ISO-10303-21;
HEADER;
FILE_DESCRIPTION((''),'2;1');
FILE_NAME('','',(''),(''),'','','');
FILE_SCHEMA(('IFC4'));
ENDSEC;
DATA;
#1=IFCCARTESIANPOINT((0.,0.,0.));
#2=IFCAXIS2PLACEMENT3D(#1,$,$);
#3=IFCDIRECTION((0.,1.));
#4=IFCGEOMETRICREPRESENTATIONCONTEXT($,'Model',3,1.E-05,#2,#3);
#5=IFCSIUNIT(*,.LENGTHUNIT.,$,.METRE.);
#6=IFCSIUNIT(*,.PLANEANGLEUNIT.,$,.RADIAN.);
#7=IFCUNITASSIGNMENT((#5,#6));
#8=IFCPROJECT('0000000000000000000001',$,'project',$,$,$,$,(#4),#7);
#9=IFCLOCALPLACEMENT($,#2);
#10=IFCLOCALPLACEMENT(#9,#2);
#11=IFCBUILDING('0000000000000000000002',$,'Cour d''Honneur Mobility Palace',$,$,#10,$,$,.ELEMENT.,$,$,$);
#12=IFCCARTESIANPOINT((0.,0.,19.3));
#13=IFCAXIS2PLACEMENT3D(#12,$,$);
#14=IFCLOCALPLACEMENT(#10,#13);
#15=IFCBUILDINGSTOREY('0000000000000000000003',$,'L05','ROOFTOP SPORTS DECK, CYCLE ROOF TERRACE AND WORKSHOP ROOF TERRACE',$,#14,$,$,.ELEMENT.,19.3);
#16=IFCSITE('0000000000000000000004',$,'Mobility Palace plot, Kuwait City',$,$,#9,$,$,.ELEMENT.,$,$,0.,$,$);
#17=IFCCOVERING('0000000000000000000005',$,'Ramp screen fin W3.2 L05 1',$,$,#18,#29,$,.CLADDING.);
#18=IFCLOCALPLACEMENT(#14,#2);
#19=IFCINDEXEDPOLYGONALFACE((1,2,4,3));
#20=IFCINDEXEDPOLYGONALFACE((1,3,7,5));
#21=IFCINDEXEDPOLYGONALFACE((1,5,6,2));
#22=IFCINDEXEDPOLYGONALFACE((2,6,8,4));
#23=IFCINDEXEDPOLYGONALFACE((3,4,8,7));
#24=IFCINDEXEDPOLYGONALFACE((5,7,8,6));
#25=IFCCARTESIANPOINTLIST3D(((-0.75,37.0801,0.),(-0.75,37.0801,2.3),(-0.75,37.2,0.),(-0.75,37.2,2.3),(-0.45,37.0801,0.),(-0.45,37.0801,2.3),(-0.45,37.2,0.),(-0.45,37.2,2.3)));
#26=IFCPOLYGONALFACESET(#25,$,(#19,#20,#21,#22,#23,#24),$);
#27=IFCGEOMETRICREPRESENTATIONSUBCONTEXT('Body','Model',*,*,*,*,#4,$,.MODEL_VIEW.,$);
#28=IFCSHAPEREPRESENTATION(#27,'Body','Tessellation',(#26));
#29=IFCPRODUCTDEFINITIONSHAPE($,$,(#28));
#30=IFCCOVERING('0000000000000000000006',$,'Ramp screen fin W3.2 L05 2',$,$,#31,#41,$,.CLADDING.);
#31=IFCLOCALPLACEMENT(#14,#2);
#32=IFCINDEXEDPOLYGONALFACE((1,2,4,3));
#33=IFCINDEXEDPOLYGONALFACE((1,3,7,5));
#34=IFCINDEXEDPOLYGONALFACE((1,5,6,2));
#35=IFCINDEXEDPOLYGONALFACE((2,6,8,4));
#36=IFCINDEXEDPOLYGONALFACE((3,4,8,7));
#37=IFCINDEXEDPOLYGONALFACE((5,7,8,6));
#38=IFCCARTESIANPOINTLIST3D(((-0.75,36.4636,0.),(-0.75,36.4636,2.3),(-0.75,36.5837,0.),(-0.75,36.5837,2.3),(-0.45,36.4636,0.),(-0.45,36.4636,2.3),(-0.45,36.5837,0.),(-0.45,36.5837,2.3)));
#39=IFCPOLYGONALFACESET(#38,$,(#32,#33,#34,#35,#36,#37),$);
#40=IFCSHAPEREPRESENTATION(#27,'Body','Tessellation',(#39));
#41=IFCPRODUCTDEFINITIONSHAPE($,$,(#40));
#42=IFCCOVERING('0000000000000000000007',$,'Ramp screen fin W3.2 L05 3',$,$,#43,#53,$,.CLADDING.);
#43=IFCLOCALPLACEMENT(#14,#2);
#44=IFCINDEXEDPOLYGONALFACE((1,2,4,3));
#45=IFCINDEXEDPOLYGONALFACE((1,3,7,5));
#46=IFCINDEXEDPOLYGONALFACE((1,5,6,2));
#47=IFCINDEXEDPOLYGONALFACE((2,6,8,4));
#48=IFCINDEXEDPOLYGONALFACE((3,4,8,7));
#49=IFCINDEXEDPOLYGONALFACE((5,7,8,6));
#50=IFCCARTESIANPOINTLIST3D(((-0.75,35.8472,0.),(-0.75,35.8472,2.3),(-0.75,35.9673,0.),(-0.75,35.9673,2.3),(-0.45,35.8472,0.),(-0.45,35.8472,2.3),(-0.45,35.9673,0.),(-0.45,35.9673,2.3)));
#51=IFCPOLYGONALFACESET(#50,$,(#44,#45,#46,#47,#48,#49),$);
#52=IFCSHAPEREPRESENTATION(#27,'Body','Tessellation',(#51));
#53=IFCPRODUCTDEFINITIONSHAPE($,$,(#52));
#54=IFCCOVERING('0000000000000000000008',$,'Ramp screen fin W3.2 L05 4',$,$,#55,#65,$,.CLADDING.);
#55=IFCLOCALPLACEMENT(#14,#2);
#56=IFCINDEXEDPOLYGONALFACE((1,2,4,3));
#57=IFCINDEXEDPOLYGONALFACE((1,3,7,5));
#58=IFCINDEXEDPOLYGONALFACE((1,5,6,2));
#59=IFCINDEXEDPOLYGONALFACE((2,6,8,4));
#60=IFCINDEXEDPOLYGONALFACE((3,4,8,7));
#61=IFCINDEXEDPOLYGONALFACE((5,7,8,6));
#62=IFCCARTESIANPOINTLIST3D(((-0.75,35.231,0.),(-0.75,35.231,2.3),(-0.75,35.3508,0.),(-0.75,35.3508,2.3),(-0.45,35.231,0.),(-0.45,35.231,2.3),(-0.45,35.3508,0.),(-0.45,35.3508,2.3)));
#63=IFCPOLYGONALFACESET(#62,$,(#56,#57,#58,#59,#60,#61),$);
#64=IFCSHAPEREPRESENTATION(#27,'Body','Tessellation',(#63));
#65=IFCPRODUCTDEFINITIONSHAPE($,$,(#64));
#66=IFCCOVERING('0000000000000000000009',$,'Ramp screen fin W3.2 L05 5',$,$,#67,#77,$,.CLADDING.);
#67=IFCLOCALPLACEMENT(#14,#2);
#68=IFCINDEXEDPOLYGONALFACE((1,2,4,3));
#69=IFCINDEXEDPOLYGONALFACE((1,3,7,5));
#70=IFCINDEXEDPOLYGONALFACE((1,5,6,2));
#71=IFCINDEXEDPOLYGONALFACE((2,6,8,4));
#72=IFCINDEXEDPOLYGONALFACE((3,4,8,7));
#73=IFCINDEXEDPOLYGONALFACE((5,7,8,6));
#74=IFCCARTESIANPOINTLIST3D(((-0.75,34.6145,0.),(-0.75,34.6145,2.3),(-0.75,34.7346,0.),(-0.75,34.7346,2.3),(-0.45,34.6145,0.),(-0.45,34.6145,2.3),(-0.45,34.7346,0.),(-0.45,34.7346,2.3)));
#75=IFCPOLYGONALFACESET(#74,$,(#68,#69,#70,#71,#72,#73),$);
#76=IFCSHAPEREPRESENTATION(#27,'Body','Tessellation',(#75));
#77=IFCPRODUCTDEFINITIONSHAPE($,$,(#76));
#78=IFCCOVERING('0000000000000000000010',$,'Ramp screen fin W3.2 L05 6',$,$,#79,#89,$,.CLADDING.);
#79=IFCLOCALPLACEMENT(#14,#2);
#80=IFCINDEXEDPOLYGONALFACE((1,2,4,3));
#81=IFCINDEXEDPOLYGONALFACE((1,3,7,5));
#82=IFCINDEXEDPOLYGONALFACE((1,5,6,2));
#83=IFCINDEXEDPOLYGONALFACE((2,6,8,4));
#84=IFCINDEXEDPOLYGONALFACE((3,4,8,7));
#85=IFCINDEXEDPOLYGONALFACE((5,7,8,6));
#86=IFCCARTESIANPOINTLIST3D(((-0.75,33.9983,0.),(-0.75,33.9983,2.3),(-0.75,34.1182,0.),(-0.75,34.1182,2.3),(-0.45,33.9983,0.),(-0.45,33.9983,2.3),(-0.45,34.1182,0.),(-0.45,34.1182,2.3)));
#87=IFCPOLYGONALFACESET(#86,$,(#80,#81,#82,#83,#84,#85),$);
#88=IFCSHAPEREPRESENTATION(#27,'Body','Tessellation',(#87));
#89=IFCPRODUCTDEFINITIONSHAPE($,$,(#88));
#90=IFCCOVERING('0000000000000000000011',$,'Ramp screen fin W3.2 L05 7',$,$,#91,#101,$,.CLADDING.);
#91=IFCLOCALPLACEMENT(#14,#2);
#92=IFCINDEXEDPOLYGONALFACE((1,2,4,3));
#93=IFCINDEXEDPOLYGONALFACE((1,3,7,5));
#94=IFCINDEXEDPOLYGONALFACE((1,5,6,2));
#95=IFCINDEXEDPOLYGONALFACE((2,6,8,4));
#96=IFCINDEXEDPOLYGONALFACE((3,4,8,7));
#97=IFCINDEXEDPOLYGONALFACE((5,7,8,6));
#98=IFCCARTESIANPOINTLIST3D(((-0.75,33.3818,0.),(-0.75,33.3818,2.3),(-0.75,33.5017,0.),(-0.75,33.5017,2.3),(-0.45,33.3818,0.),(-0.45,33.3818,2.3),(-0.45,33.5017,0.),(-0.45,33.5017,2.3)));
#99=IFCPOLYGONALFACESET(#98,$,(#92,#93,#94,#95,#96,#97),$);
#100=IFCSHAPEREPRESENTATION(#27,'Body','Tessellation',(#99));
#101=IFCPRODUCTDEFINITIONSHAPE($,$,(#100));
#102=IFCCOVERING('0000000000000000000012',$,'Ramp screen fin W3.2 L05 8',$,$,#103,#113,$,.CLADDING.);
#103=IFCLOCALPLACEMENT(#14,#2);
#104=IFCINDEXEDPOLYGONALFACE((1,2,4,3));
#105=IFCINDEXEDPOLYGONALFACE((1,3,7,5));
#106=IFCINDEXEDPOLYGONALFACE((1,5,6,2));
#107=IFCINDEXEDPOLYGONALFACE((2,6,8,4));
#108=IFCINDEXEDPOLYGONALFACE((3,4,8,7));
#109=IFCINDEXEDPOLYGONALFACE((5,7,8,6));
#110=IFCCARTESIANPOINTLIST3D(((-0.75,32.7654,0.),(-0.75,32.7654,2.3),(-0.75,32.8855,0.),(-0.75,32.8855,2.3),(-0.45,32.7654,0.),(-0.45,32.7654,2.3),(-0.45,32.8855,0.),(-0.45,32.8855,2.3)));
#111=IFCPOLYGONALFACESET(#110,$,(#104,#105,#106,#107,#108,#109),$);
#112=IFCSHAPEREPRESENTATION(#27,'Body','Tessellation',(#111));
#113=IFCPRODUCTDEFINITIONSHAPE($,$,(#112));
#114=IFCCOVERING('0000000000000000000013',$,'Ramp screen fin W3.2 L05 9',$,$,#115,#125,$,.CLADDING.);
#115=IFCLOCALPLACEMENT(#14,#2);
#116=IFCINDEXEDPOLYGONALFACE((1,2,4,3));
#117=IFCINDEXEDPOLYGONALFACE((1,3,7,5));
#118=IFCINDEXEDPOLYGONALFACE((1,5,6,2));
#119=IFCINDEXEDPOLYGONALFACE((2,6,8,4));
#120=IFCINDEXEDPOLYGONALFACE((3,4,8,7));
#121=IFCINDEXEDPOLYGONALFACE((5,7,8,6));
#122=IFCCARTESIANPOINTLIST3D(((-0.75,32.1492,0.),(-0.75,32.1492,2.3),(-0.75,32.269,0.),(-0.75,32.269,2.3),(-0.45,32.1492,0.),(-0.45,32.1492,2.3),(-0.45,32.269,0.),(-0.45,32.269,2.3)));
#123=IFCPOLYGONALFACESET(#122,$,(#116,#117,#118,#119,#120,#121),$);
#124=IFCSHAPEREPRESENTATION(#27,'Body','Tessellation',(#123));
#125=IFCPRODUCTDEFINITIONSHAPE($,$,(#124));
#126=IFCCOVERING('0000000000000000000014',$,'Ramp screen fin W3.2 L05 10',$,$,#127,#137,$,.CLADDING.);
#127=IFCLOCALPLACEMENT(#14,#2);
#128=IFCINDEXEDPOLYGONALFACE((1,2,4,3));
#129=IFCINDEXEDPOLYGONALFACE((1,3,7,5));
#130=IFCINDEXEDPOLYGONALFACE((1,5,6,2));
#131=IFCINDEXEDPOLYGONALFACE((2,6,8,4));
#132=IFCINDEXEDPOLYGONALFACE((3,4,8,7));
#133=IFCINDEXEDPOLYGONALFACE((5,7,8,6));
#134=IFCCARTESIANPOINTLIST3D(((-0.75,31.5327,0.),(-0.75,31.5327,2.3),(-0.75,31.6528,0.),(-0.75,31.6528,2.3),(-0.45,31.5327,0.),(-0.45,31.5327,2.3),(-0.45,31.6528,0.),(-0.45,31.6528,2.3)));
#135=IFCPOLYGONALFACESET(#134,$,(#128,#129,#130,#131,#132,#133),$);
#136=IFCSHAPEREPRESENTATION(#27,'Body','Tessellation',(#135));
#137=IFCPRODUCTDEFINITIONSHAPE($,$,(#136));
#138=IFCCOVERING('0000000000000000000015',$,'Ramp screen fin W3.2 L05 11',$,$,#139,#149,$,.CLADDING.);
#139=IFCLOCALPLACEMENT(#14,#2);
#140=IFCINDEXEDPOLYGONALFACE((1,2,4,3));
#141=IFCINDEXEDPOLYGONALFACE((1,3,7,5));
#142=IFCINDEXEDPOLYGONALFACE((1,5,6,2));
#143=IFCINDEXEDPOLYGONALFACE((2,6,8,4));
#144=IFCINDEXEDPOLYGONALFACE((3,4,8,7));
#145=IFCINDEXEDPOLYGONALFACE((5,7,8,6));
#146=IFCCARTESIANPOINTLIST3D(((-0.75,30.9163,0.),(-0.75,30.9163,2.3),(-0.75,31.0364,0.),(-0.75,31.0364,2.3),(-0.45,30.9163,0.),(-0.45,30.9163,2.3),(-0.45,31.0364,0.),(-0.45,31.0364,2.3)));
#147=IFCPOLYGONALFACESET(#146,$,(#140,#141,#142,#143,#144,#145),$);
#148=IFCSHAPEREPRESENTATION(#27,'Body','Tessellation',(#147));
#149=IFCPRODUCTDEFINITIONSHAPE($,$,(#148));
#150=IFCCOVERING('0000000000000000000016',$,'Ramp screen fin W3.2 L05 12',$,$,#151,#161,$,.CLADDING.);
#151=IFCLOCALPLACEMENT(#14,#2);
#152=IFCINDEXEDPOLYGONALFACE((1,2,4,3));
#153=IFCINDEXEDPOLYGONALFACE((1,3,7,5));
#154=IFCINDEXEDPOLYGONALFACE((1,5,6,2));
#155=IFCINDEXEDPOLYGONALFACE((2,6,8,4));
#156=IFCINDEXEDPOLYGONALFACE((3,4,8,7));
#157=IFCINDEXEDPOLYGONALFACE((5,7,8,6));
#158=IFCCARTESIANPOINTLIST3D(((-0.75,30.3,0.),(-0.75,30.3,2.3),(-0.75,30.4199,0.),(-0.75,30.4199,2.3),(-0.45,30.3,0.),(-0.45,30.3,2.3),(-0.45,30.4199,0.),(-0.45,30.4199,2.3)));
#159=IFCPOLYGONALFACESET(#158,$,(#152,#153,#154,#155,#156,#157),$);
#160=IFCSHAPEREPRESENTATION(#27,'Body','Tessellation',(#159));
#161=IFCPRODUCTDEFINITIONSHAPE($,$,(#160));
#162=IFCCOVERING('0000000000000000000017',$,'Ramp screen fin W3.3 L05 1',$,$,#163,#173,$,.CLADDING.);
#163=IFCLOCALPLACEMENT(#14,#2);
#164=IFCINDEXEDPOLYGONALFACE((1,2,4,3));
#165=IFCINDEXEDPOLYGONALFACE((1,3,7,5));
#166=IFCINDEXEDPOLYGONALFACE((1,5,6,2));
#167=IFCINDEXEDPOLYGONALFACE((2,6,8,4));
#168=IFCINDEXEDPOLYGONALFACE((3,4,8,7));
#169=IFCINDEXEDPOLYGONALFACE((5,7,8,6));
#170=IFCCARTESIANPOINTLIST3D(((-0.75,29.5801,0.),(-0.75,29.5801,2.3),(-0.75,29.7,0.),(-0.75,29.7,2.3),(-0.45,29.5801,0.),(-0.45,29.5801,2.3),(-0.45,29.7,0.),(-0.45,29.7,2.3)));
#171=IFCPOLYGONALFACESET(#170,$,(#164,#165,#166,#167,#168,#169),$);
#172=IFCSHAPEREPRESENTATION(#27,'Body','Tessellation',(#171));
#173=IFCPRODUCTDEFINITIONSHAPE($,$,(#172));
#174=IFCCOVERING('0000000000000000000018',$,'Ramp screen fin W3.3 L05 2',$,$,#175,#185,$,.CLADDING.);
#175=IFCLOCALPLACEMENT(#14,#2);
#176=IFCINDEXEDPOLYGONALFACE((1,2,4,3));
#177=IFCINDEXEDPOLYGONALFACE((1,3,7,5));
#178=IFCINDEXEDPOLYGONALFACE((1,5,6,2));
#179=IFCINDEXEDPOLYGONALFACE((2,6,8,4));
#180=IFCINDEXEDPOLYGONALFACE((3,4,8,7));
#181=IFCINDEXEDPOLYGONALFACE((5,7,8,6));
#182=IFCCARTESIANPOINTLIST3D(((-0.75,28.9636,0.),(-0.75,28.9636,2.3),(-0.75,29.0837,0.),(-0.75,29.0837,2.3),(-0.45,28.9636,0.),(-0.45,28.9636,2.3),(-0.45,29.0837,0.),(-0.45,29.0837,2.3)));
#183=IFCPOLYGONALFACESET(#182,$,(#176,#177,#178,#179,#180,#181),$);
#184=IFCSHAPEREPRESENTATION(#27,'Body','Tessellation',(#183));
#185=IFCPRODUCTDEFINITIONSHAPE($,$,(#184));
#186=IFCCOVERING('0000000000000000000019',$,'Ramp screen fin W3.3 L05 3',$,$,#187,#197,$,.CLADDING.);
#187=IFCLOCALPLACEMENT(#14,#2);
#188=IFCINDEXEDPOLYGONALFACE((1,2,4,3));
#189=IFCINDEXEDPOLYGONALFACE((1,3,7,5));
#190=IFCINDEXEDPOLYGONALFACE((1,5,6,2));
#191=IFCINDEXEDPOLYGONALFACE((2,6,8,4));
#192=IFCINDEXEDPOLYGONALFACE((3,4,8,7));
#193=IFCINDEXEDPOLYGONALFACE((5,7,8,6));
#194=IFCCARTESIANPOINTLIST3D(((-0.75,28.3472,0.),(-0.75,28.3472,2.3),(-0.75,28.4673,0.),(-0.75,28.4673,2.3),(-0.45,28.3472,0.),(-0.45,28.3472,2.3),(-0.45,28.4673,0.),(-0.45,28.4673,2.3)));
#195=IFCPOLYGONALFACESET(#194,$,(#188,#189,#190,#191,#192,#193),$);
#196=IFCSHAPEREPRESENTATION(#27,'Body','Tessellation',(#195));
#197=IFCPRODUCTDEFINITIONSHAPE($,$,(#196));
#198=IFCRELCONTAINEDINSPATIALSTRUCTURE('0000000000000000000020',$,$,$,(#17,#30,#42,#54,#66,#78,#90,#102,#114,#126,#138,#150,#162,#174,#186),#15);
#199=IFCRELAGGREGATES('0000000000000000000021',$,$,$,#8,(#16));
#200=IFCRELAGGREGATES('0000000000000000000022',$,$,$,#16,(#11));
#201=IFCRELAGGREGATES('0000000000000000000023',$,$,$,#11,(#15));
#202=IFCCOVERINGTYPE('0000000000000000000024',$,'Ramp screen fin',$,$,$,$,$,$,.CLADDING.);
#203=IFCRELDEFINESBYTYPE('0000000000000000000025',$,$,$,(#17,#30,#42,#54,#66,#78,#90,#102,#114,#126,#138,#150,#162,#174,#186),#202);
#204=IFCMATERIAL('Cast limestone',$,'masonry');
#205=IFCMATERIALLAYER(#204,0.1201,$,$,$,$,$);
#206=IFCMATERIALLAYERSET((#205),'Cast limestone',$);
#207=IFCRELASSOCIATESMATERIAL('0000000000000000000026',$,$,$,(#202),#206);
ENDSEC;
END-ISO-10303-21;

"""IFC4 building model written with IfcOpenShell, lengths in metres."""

from ifc_helpers import new_model, si_unit, direction, frame, origin, place, context, subcontext, project, spatial, polyline, outline, extrude, material, layer, layer_set, type_object, element, save


model = new_model("IFC4")

# Units and contexts
model_context = context("Model", 3, precision=1e-05, world=origin(), true_north=direction((0.0, 1.0)))
body_context = subcontext(model_context, "Body", "Model", "MODEL_VIEW")
ifc_project = project(units=[si_unit("LENGTHUNIT", "METRE"), si_unit("PLANEANGLEUNIT", "RADIAN")], contexts=[model_context])

# Site, building, storey
site_placement = place(None, origin())
site = spatial("IfcSite", under=ifc_project, at=site_placement, Name="Mobility Palace plot, Kuwait City", CompositionType="ELEMENT", RefElevation=0.0)
building_placement = place(site_placement, origin())
building = spatial("IfcBuilding", under=site, at=building_placement, Name="Cour d'Honneur Mobility Palace", CompositionType="ELEMENT")
storey_placement = place(building_placement, frame((0.0, 0.0, 19.3)))
storey = spatial("IfcBuildingStorey", under=building, at=storey_placement, Name="L05", Description="ROOFTOP SPORTS DECK, CYCLE ROOF TERRACE AND WORKSHOP ROOF TERRACE", CompositionType="ELEMENT", Elevation=19.3)

# Coverings
ifc_material = material(Name="Cast limestone", Category="masonry")
ifc_layer = layer(ifc_material, 0.1201)
ifc_layer_set = layer_set([ifc_layer], Name="Cast limestone")
covering_type = type_object("IfcCoveringType", Name="Ramp screen fin", PredefinedType="CLADDING", material=ifc_layer_set)
covering_1_placement = place(storey_placement, origin())
element("IfcCovering", 1, at=covering_1_placement, inside=storey, type_object=covering_type, Name="Ramp screen fin W3.2 L05 1", PredefinedType="CLADDING", context=body_context, shape_type="SweptSolid", body=[
    extrude(outline(polyline([(-0.45, 37.2), (-0.45, 37.0801), (-0.75, 37.0801), (-0.75, 37.2), (-0.45, 37.2)])), origin(), (0.0, 0.0, 1.0), 2.3),
])
covering_2_placement = place(storey_placement, origin())
element("IfcCovering", 2, at=covering_2_placement, inside=storey, type_object=covering_type, Name="Ramp screen fin W3.2 L05 2", PredefinedType="CLADDING", context=body_context, shape_type="SweptSolid", body=[
    extrude(outline(polyline([(-0.45, 36.5837), (-0.45, 36.4636), (-0.75, 36.4636), (-0.75, 36.5837), (-0.45, 36.5837)])), origin(), (0.0, 0.0, 1.0), 2.3),
])
covering_3_placement = place(storey_placement, origin())
element("IfcCovering", 3, at=covering_3_placement, inside=storey, type_object=covering_type, Name="Ramp screen fin W3.2 L05 3", PredefinedType="CLADDING", context=body_context, shape_type="SweptSolid", body=[
    extrude(outline(polyline([(-0.45, 35.9673), (-0.45, 35.8472), (-0.75, 35.8472), (-0.75, 35.9673), (-0.45, 35.9673)])), origin(), (0.0, 0.0, 1.0), 2.3),
])
covering_4_placement = place(storey_placement, origin())
element("IfcCovering", 4, at=covering_4_placement, inside=storey, type_object=covering_type, Name="Ramp screen fin W3.2 L05 4", PredefinedType="CLADDING", context=body_context, shape_type="SweptSolid", body=[
    extrude(outline(polyline([(-0.45, 35.3508), (-0.45, 35.231), (-0.75, 35.231), (-0.75, 35.3508), (-0.45, 35.3508)])), origin(), (0.0, 0.0, 1.0), 2.3),
])
covering_5_placement = place(storey_placement, origin())
element("IfcCovering", 5, at=covering_5_placement, inside=storey, type_object=covering_type, Name="Ramp screen fin W3.2 L05 5", PredefinedType="CLADDING", context=body_context, shape_type="SweptSolid", body=[
    extrude(outline(polyline([(-0.45, 34.7346), (-0.45, 34.6145), (-0.75, 34.6145), (-0.75, 34.7346), (-0.45, 34.7346)])), origin(), (0.0, 0.0, 1.0), 2.3),
])
covering_6_placement = place(storey_placement, origin())
element("IfcCovering", 6, at=covering_6_placement, inside=storey, type_object=covering_type, Name="Ramp screen fin W3.2 L05 6", PredefinedType="CLADDING", context=body_context, shape_type="SweptSolid", body=[
    extrude(outline(polyline([(-0.45, 34.1182), (-0.45, 33.9983), (-0.75, 33.9983), (-0.75, 34.1182), (-0.45, 34.1182)])), origin(), (0.0, 0.0, 1.0), 2.3),
])
covering_7_placement = place(storey_placement, origin())
element("IfcCovering", 7, at=covering_7_placement, inside=storey, type_object=covering_type, Name="Ramp screen fin W3.2 L05 7", PredefinedType="CLADDING", context=body_context, shape_type="SweptSolid", body=[
    extrude(outline(polyline([(-0.45, 33.5017), (-0.45, 33.3818), (-0.75, 33.3818), (-0.75, 33.5017), (-0.45, 33.5017)])), origin(), (0.0, 0.0, 1.0), 2.3),
])
covering_8_placement = place(storey_placement, origin())
element("IfcCovering", 8, at=covering_8_placement, inside=storey, type_object=covering_type, Name="Ramp screen fin W3.2 L05 8", PredefinedType="CLADDING", context=body_context, shape_type="SweptSolid", body=[
    extrude(outline(polyline([(-0.45, 32.8855), (-0.45, 32.7654), (-0.75, 32.7654), (-0.75, 32.8855), (-0.45, 32.8855)])), origin(), (0.0, 0.0, 1.0), 2.3),
])
covering_9_placement = place(storey_placement, origin())
element("IfcCovering", 9, at=covering_9_placement, inside=storey, type_object=covering_type, Name="Ramp screen fin W3.2 L05 9", PredefinedType="CLADDING", context=body_context, shape_type="SweptSolid", body=[
    extrude(outline(polyline([(-0.45, 32.269), (-0.45, 32.1492), (-0.75, 32.1492), (-0.75, 32.269), (-0.45, 32.269)])), origin(), (0.0, 0.0, 1.0), 2.3),
])
covering_10_placement = place(storey_placement, origin())
element("IfcCovering", 10, at=covering_10_placement, inside=storey, type_object=covering_type, Name="Ramp screen fin W3.2 L05 10", PredefinedType="CLADDING", context=body_context, shape_type="SweptSolid", body=[
    extrude(outline(polyline([(-0.45, 31.6528), (-0.45, 31.5327), (-0.75, 31.5327), (-0.75, 31.6528), (-0.45, 31.6528)])), origin(), (0.0, 0.0, 1.0), 2.3),
])
covering_11_placement = place(storey_placement, origin())
element("IfcCovering", 11, at=covering_11_placement, inside=storey, type_object=covering_type, Name="Ramp screen fin W3.2 L05 11", PredefinedType="CLADDING", context=body_context, shape_type="SweptSolid", body=[
    extrude(outline(polyline([(-0.45, 31.0364), (-0.45, 30.9163), (-0.75, 30.9163), (-0.75, 31.0364), (-0.45, 31.0364)])), origin(), (0.0, 0.0, 1.0), 2.3),
])
covering_12_placement = place(storey_placement, origin())
element("IfcCovering", 12, at=covering_12_placement, inside=storey, type_object=covering_type, Name="Ramp screen fin W3.2 L05 12", PredefinedType="CLADDING", context=body_context, shape_type="SweptSolid", body=[
    extrude(outline(polyline([(-0.45, 30.4199), (-0.45, 30.3), (-0.75, 30.3), (-0.75, 30.4199), (-0.45, 30.4199)])), origin(), (0.0, 0.0, 1.0), 2.3),
])
covering_13_placement = place(storey_placement, origin())
element("IfcCovering", 13, at=covering_13_placement, inside=storey, type_object=covering_type, Name="Ramp screen fin W3.3 L05 1", PredefinedType="CLADDING", context=body_context, shape_type="SweptSolid", body=[
    extrude(outline(polyline([(-0.45, 29.7), (-0.45, 29.5801), (-0.75, 29.5801), (-0.75, 29.7), (-0.45, 29.7)])), origin(), (0.0, 0.0, 1.0), 2.3),
])
covering_14_placement = place(storey_placement, origin())
element("IfcCovering", 14, at=covering_14_placement, inside=storey, type_object=covering_type, Name="Ramp screen fin W3.3 L05 2", PredefinedType="CLADDING", context=body_context, shape_type="SweptSolid", body=[
    extrude(outline(polyline([(-0.45, 29.0837), (-0.45, 28.9636), (-0.75, 28.9636), (-0.75, 29.0837), (-0.45, 29.0837)])), origin(), (0.0, 0.0, 1.0), 2.3),
])
covering_15_placement = place(storey_placement, origin())
element("IfcCovering", 15, at=covering_15_placement, inside=storey, type_object=covering_type, Name="Ramp screen fin W3.3 L05 3", PredefinedType="CLADDING", context=body_context, shape_type="SweptSolid", body=[
    extrude(outline(polyline([(-0.45, 28.4673), (-0.45, 28.3472), (-0.75, 28.3472), (-0.75, 28.4673), (-0.45, 28.4673)])), origin(), (0.0, 0.0, 1.0), 2.3),
])

save(model, "model.ifc")
